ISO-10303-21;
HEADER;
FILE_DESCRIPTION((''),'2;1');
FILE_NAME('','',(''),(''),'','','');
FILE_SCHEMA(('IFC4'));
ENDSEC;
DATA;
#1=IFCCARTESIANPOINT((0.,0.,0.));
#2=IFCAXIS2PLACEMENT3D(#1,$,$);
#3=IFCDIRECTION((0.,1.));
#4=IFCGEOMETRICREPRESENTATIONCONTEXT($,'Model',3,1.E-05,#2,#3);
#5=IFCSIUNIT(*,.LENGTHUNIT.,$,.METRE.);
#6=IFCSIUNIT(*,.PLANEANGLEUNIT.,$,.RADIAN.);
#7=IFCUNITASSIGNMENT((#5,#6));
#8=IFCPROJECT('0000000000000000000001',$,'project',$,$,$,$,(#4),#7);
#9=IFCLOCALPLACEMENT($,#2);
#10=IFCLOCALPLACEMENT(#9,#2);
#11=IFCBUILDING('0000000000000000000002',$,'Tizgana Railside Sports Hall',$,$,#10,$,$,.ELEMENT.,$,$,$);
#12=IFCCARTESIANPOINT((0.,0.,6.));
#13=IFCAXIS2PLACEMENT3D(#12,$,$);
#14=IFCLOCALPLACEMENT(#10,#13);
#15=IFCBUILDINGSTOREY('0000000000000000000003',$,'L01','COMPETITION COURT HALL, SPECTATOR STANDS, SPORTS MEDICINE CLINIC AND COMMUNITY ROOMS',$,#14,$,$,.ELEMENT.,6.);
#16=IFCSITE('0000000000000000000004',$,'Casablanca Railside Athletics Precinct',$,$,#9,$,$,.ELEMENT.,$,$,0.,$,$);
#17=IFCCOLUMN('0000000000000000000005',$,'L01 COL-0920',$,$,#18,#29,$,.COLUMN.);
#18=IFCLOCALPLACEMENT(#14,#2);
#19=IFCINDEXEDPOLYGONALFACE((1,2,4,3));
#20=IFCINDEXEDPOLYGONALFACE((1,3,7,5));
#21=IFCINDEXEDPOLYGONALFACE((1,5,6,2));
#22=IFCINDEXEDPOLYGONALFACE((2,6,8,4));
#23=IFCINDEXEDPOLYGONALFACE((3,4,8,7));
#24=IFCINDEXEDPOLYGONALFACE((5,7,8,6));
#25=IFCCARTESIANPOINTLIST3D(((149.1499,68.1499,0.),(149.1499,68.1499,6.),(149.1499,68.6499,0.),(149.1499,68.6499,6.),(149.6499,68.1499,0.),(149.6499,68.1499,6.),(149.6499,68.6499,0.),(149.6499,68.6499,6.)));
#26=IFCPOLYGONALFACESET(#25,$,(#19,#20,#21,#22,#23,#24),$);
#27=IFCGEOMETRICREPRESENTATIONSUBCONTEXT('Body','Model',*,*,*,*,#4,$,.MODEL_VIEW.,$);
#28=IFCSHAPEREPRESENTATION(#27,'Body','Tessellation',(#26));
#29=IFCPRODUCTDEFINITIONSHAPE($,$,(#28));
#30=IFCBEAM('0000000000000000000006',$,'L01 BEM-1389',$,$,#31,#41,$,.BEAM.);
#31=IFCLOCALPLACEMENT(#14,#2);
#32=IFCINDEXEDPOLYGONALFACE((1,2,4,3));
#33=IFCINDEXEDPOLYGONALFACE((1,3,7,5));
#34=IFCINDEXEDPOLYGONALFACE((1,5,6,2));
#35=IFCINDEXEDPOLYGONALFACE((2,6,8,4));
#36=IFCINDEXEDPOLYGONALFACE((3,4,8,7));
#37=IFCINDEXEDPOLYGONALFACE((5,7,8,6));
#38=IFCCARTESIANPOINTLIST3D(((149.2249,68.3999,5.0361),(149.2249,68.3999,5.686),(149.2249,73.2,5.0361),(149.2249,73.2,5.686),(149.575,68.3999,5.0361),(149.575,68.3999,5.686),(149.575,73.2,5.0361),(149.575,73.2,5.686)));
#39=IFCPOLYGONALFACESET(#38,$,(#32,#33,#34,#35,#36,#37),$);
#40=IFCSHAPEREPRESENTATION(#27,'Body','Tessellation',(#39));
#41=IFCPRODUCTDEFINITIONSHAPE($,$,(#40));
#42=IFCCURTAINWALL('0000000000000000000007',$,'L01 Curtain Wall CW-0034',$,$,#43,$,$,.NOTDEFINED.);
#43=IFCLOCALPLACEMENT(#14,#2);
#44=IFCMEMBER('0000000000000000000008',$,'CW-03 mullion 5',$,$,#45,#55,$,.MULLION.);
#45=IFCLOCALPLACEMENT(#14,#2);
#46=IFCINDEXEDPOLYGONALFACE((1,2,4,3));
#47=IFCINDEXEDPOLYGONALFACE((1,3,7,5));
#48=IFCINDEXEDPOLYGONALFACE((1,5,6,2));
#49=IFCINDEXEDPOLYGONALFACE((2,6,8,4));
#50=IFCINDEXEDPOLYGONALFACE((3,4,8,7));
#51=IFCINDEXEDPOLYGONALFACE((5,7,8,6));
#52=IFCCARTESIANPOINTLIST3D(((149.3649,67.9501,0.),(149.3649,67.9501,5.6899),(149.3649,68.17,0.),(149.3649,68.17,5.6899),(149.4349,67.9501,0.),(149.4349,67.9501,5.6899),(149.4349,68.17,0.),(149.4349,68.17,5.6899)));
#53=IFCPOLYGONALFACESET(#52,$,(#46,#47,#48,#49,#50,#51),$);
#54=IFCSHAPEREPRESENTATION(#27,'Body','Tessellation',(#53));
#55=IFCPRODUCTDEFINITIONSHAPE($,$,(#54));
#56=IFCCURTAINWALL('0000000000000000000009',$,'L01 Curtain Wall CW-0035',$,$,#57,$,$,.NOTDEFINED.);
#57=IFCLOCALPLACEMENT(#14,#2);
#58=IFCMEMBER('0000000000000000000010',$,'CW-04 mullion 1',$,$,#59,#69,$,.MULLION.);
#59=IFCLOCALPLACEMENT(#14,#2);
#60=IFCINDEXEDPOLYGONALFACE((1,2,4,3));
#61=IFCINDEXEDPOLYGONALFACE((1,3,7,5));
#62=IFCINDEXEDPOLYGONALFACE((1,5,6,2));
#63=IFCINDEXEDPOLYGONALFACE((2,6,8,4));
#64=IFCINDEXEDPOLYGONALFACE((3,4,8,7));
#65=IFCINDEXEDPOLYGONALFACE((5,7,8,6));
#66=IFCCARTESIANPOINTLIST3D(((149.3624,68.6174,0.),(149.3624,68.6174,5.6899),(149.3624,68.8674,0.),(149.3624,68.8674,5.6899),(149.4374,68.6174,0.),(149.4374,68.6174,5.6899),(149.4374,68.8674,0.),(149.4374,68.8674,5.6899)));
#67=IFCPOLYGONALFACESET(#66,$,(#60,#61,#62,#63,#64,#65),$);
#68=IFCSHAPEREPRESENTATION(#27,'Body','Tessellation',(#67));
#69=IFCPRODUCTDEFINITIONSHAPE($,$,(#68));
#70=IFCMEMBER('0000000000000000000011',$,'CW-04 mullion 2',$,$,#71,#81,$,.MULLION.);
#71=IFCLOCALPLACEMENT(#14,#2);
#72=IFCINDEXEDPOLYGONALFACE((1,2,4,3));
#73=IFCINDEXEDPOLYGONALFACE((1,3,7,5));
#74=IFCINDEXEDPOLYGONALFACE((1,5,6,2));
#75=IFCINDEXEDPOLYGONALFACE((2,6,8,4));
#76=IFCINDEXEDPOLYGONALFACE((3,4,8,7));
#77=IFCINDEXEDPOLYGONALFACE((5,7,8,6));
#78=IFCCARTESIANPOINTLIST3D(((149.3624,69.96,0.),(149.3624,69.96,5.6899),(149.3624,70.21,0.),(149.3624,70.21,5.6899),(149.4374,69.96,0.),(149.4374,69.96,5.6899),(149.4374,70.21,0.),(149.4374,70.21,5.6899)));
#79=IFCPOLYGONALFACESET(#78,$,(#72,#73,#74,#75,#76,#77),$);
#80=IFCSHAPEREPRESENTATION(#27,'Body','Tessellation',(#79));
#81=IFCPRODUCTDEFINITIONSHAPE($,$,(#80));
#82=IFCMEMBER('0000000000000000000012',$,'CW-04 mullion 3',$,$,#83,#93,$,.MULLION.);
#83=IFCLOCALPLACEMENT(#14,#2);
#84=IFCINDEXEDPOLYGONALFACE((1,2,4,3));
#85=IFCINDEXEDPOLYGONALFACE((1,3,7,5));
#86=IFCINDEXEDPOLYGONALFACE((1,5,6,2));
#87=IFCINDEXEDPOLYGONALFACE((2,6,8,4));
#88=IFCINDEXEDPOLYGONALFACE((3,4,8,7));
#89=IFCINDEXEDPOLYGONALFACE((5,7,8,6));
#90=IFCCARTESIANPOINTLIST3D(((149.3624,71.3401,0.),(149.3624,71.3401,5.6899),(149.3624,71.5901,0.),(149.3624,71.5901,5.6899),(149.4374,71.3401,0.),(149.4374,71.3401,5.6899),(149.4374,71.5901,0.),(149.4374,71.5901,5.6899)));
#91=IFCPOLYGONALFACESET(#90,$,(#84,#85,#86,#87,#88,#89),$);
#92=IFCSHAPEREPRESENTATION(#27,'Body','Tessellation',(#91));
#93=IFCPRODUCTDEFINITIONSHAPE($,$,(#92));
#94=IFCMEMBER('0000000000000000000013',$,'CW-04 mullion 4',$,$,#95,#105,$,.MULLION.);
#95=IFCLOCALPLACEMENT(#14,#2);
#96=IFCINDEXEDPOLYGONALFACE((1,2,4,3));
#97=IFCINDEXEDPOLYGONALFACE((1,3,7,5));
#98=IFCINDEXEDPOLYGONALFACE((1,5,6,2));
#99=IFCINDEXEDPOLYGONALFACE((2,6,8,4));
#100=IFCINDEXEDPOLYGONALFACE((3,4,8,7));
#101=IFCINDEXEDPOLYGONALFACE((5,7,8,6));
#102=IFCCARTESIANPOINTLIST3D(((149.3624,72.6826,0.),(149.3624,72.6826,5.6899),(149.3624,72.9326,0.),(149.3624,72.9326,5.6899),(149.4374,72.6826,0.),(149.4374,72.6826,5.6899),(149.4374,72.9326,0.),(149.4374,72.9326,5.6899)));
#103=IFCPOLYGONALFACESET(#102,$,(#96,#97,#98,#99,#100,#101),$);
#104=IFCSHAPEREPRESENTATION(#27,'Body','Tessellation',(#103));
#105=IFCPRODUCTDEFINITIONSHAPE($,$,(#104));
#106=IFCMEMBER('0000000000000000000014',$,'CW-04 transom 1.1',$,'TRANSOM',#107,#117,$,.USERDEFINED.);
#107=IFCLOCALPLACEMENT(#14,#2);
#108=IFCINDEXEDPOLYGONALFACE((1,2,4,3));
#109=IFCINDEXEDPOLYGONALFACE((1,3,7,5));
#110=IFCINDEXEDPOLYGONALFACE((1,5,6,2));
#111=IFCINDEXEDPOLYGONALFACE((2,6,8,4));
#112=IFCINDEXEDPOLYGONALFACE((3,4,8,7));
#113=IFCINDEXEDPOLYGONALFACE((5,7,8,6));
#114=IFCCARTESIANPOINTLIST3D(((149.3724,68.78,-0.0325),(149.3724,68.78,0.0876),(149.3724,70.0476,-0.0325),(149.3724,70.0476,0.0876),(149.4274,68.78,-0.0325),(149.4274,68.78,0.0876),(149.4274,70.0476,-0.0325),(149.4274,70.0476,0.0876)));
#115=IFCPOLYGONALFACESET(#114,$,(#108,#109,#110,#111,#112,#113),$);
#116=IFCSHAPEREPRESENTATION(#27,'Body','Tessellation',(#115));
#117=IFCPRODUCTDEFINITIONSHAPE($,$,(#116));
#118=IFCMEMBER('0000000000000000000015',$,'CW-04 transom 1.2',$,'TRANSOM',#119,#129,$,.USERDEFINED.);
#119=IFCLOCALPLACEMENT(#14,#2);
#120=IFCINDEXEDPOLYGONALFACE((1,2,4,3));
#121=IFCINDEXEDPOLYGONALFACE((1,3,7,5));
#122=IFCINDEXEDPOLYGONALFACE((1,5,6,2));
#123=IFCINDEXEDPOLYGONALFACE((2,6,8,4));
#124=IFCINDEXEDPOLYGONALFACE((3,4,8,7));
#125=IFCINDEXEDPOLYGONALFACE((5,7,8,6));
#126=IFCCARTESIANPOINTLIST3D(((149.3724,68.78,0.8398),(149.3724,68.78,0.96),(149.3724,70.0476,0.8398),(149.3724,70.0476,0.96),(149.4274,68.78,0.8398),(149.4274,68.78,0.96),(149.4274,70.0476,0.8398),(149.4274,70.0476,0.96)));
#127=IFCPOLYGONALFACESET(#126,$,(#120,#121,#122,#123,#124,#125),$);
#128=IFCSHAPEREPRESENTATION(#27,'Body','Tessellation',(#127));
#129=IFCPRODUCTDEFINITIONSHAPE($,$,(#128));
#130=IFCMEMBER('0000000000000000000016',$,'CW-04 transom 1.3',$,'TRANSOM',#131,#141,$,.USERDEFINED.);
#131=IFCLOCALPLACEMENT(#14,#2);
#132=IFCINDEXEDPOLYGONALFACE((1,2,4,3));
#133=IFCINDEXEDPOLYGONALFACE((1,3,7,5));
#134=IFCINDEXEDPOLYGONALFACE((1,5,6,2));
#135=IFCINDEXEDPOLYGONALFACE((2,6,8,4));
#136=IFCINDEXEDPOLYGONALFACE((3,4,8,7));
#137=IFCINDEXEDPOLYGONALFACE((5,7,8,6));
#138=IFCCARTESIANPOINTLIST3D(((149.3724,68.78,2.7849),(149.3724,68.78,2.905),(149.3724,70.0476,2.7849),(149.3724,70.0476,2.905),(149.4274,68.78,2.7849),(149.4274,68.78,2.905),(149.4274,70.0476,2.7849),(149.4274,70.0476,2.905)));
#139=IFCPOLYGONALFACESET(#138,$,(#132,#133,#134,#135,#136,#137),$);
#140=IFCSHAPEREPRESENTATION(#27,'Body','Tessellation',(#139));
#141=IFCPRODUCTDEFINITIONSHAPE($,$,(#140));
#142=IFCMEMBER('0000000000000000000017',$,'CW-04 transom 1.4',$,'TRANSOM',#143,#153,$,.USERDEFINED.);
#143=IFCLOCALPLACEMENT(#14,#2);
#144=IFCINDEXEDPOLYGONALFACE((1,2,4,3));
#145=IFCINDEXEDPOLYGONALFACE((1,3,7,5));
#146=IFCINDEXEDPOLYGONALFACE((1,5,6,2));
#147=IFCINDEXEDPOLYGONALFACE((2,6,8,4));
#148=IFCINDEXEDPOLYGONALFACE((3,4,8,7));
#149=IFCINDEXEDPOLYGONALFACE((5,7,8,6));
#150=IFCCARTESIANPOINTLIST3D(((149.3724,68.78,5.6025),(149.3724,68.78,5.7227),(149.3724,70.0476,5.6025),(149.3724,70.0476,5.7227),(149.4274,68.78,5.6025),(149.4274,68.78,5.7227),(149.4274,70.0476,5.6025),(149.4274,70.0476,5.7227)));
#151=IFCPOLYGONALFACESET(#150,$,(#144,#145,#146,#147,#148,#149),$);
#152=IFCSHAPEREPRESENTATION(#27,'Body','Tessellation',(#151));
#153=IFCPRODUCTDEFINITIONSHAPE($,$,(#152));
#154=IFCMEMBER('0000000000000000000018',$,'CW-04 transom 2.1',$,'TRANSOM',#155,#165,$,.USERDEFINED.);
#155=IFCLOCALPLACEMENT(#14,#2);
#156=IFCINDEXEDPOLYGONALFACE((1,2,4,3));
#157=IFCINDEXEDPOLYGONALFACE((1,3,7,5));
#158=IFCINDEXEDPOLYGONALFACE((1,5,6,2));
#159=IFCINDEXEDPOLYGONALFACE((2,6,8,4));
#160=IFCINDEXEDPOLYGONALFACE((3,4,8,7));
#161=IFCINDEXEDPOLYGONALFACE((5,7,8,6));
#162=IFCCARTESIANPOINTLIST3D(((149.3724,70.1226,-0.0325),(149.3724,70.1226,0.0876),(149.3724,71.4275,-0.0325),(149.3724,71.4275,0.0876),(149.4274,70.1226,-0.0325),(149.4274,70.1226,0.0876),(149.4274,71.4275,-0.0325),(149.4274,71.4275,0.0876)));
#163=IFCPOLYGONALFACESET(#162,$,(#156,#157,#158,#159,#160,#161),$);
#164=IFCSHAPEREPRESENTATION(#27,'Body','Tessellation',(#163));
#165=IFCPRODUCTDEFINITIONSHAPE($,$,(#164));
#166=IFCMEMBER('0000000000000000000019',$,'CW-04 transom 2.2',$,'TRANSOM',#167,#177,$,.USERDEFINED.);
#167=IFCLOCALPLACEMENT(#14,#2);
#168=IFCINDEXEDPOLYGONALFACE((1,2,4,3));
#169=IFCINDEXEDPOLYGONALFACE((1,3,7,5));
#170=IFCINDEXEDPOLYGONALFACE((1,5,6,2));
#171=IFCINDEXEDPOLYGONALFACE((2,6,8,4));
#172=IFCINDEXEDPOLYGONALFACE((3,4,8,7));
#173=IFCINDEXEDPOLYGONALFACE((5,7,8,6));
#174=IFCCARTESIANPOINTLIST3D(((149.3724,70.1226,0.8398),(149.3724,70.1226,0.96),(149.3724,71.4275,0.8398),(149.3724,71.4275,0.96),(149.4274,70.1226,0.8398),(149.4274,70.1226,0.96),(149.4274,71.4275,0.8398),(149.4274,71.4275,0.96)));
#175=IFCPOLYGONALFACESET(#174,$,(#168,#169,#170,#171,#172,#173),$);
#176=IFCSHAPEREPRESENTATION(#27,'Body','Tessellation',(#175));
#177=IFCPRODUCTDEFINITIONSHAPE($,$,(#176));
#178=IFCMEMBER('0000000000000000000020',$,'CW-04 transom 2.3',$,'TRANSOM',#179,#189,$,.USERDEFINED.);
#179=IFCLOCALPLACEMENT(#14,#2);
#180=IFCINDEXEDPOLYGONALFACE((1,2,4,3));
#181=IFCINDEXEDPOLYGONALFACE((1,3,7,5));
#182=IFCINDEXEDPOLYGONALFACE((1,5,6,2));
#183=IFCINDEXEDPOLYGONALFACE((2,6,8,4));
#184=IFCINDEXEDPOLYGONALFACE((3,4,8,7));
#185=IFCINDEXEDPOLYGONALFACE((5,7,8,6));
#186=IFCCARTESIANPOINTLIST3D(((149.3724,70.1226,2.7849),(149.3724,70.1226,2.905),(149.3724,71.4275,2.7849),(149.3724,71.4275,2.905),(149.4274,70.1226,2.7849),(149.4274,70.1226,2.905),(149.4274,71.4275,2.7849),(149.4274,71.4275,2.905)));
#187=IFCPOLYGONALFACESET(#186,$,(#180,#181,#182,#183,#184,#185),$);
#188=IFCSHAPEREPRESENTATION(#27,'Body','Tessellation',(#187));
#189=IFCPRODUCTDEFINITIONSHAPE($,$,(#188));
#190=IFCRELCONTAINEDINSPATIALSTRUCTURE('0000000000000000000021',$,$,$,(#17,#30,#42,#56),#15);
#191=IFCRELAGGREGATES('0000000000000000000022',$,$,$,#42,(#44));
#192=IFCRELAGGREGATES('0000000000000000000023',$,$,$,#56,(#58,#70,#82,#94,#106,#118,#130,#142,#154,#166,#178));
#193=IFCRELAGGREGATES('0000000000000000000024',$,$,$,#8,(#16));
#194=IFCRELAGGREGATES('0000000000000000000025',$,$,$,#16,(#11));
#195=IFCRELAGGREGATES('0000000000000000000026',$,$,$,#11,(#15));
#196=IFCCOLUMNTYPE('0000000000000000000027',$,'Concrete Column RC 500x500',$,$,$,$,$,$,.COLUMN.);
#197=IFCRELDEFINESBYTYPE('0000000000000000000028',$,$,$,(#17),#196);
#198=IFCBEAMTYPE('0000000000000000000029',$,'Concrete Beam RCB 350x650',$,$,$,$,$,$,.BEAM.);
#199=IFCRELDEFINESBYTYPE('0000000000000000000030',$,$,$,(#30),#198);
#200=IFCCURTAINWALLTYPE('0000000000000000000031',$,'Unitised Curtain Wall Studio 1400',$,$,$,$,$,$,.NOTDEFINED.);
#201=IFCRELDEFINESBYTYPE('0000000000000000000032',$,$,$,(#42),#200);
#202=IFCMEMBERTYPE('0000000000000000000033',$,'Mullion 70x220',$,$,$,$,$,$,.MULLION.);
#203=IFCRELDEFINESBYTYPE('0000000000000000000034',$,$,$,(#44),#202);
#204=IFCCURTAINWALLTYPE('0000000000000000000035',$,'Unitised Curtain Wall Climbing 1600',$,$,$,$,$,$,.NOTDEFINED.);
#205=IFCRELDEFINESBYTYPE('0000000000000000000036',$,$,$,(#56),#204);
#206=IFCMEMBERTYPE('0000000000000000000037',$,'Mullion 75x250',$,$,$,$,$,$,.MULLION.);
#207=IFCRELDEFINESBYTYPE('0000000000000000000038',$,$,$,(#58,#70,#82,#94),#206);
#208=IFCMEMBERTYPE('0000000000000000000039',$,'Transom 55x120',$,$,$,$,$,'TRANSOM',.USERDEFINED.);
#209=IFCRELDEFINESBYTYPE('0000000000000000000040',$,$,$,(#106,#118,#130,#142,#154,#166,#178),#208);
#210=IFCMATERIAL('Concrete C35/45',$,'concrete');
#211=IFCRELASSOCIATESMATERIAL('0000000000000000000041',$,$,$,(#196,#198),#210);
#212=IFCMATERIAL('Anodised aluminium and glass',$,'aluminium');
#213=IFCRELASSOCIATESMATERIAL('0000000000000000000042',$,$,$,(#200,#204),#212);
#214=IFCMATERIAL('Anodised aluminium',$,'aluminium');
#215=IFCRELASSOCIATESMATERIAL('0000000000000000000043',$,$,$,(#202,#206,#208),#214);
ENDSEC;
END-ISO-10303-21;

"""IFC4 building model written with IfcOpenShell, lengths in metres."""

from ifc_helpers import new_model, si_unit, direction, frame, origin, origin_2d, place, context, subcontext, project, spatial, rectangle, extrude, material, material_profile, profile_set, type_object, element, aggregate, save


model = new_model("IFC4")

# Units and contexts
model_context = context("Model", 3, precision=1e-05, world=origin(), true_north=direction((0.0, 1.0)))
body_context = subcontext(model_context, "Body", "Model", "MODEL_VIEW")
ifc_project = project(units=[si_unit("LENGTHUNIT", "METRE"), si_unit("PLANEANGLEUNIT", "RADIAN")], contexts=[model_context])

# Site, building, storey
site_placement = place(None, origin())
site = spatial("IfcSite", under=ifc_project, at=site_placement, Name="Casablanca Railside Athletics Precinct", CompositionType="ELEMENT", RefElevation=0.0)
building_placement = place(site_placement, origin())
building = spatial("IfcBuilding", under=site, at=building_placement, Name="Tizgana Railside Sports Hall", CompositionType="ELEMENT")
storey_placement = place(building_placement, frame((0.0, 0.0, 6.0)))
storey = spatial("IfcBuildingStorey", under=building, at=storey_placement, Name="L01", Description="COMPETITION COURT HALL, SPECTATOR STANDS, SPORTS MEDICINE CLINIC AND COMMUNITY ROOMS", CompositionType="ELEMENT", Elevation=6.0)

# Column
ifc_material_1 = material(Name="Concrete C35/45", Category="concrete")
ifc_material_profile_1 = material_profile(ifc_material_1, rectangle(XDim=0.5, YDim=0.5, at=origin_2d()), Name="RC 500x500")
ifc_profile_set_1 = profile_set([ifc_material_profile_1], Name="Concrete C35/45")
column_type = type_object("IfcColumnType", Name="Concrete Column RC 500x500", PredefinedType="COLUMN", material=ifc_profile_set_1)
column_placement = place(storey_placement, frame((149.3999, 68.3999, 0.0), z_axis=(0.0, 0.0, 1.0), x_axis=(1.0, 0.0, 0.0)))
element("IfcColumn", 1, at=column_placement, inside=storey, type_object=column_type, Name="L01 COL-0920", PredefinedType="COLUMN", context=body_context, shape_type="SweptSolid", body=[
    extrude(rectangle(XDim=0.5, YDim=0.5, at=origin_2d()), origin(), (0.0, 0.0, 1.0), 6.0),
])

# Beam
ifc_material_profile_2 = material_profile(ifc_material_1, rectangle(XDim=0.3501, YDim=0.6499, at=origin_2d()), Name="RCB 350x650")
ifc_profile_set_2 = profile_set([ifc_material_profile_2], Name="Concrete C35/45")
beam_type = type_object("IfcBeamType", Name="Concrete Beam RCB 350x650", PredefinedType="BEAM", material=ifc_profile_set_2)
beam_placement = place(storey_placement, frame((149.3999, 68.3999, 5.3611), z_axis=(0.0, 1.0, 0.0), x_axis=(-1.0, 0.0, 0.0)))
element("IfcBeam", 2, at=beam_placement, inside=storey, type_object=beam_type, Name="L01 BEM-1389", PredefinedType="BEAM", context=body_context, shape_type="SweptSolid", body=[
    extrude(rectangle(XDim=0.3501, YDim=0.6499, at=origin_2d()), origin(), (0.0, 0.0, 1.0), 4.8),
])

# Curtain wall, member
ifc_material_2 = material(Name="Anodised aluminium and glass", Category="aluminium")
curtain_wall_type_1 = type_object("IfcCurtainWallType", Name="Unitised Curtain Wall Studio 1400", PredefinedType="NOTDEFINED", material=ifc_material_2)
curtain_wall_1_placement = place(storey_placement, origin())
curtain_wall_1 = element("IfcCurtainWall", 3, at=curtain_wall_1_placement, inside=storey, type_object=curtain_wall_type_1, Name="L01 Curtain Wall CW-0034", PredefinedType="NOTDEFINED")
ifc_material_3 = material(Name="Anodised aluminium", Category="aluminium")
ifc_material_profile_3 = material_profile(ifc_material_3, rectangle(XDim=0.0701, YDim=0.22, at=origin_2d()), Name="Mullion 70x220")
ifc_profile_set_3 = profile_set([ifc_material_profile_3], Name="Anodised aluminium")
member_type_1 = type_object("IfcMemberType", Name="Mullion 70x220", PredefinedType="MULLION", material=ifc_profile_set_3)
member_1_placement = place(storey_placement, frame((149.3999, 68.0601, 0.0), z_axis=(0.0, 0.0, 1.0), x_axis=(-1.0, 0.0, 0.0)))
member_1 = element("IfcMember", 4, at=member_1_placement, type_object=member_type_1, Name="CW-03 mullion 5", PredefinedType="MULLION", context=body_context, shape_type="SweptSolid", body=[
    extrude(rectangle(XDim=0.0701, YDim=0.22, at=origin_2d()), origin(), (0.0, 0.0, 1.0), 5.6899),
])
aggregate(curtain_wall_1, [member_1])

# Curtain wall, members
curtain_wall_type_2 = type_object("IfcCurtainWallType", Name="Unitised Curtain Wall Climbing 1600", PredefinedType="NOTDEFINED", material=ifc_material_2)
curtain_wall_2_placement = place(storey_placement, origin())
curtain_wall_2 = element("IfcCurtainWall", 5, at=curtain_wall_2_placement, inside=storey, type_object=curtain_wall_type_2, Name="L01 Curtain Wall CW-0035", PredefinedType="NOTDEFINED")
ifc_material_profile_4 = material_profile(ifc_material_3, rectangle(XDim=0.075, YDim=0.25, at=origin_2d()), Name="Mullion 75x250")
ifc_profile_set_4 = profile_set([ifc_material_profile_4], Name="Anodised aluminium")
member_type_2 = type_object("IfcMemberType", Name="Mullion 75x250", PredefinedType="MULLION", material=ifc_profile_set_4)
member_2_placement = place(storey_placement, frame((149.3999, 68.7424, 0.0), z_axis=(0.0, 0.0, 1.0), x_axis=(-1.0, 0.0, 0.0)))
member_2 = element("IfcMember", 6, at=member_2_placement, type_object=member_type_2, Name="CW-04 mullion 1", PredefinedType="MULLION", context=body_context, shape_type="SweptSolid", body=[
    extrude(rectangle(XDim=0.075, YDim=0.25, at=origin_2d()), origin(), (0.0, 0.0, 1.0), 5.6899),
])
member_3_placement = place(storey_placement, frame((149.3999, 70.085, 0.0), z_axis=(0.0, 0.0, 1.0), x_axis=(-1.0, 0.0, 0.0)))
member_3 = element("IfcMember", 7, at=member_3_placement, type_object=member_type_2, Name="CW-04 mullion 2", PredefinedType="MULLION", context=body_context, shape_type="SweptSolid", body=[
    extrude(rectangle(XDim=0.075, YDim=0.25, at=origin_2d()), origin(), (0.0, 0.0, 1.0), 5.6899),
])
member_4_placement = place(storey_placement, frame((149.3999, 71.4651, 0.0), z_axis=(0.0, 0.0, 1.0), x_axis=(-1.0, 0.0, 0.0)))
member_4 = element("IfcMember", 8, at=member_4_placement, type_object=member_type_2, Name="CW-04 mullion 3", PredefinedType="MULLION", context=body_context, shape_type="SweptSolid", body=[
    extrude(rectangle(XDim=0.075, YDim=0.25, at=origin_2d()), origin(), (0.0, 0.0, 1.0), 5.6899),
])
member_5_placement = place(storey_placement, frame((149.3999, 72.8076, 0.0), z_axis=(0.0, 0.0, 1.0), x_axis=(-1.0, 0.0, 0.0)))
member_5 = element("IfcMember", 9, at=member_5_placement, type_object=member_type_2, Name="CW-04 mullion 4", PredefinedType="MULLION", context=body_context, shape_type="SweptSolid", body=[
    extrude(rectangle(XDim=0.075, YDim=0.25, at=origin_2d()), origin(), (0.0, 0.0, 1.0), 5.6899),
])
ifc_material_profile_5 = material_profile(ifc_material_3, rectangle(XDim=0.0549, YDim=0.1201, at=origin_2d()), Name="Transom 55x120")
ifc_profile_set_5 = profile_set([ifc_material_profile_5], Name="Anodised aluminium")
member_type_3 = type_object("IfcMemberType", Name="Transom 55x120", ElementType="TRANSOM", PredefinedType="USERDEFINED", material=ifc_profile_set_5)
member_6_placement = place(storey_placement, frame((149.3999, 68.78, 0.0276), z_axis=(0.0, 1.0, 0.0), x_axis=(-1.0, 0.0, 0.0)))
member_6 = element("IfcMember", 10, at=member_6_placement, type_object=member_type_3, Name="CW-04 transom 1.1", ObjectType="TRANSOM", PredefinedType="USERDEFINED", context=body_context, shape_type="SweptSolid", body=[
    extrude(rectangle(XDim=0.0549, YDim=0.1201, at=origin_2d()), origin(), (0.0, 0.0, 1.0), 1.2676),
])
member_7_placement = place(storey_placement, frame((149.3999, 68.78, 0.8999), z_axis=(0.0, 1.0, 0.0), x_axis=(-1.0, 0.0, 0.0)))
member_7 = element("IfcMember", 11, at=member_7_placement, type_object=member_type_3, Name="CW-04 transom 1.2", ObjectType="TRANSOM", PredefinedType="USERDEFINED", context=body_context, shape_type="SweptSolid", body=[
    extrude(rectangle(XDim=0.0549, YDim=0.1201, at=origin_2d()), origin(), (0.0, 0.0, 1.0), 1.2676),
])
member_8_placement = place(storey_placement, frame((149.3999, 68.78, 2.845), z_axis=(0.0, 1.0, 0.0), x_axis=(-1.0, 0.0, 0.0)))
member_8 = element("IfcMember", 12, at=member_8_placement, type_object=member_type_3, Name="CW-04 transom 1.3", ObjectType="TRANSOM", PredefinedType="USERDEFINED", context=body_context, shape_type="SweptSolid", body=[
    extrude(rectangle(XDim=0.0549, YDim=0.1201, at=origin_2d()), origin(), (0.0, 0.0, 1.0), 1.2676),
])
member_9_placement = place(storey_placement, frame((149.3999, 68.78, 5.6626), z_axis=(0.0, 1.0, 0.0), x_axis=(-1.0, 0.0, 0.0)))
member_9 = element("IfcMember", 13, at=member_9_placement, type_object=member_type_3, Name="CW-04 transom 1.4", ObjectType="TRANSOM", PredefinedType="USERDEFINED", context=body_context, shape_type="SweptSolid", body=[
    extrude(rectangle(XDim=0.0549, YDim=0.1201, at=origin_2d()), origin(), (0.0, 0.0, 1.0), 1.2676),
])
member_10_placement = place(storey_placement, frame((149.3999, 70.1226, 0.0276), z_axis=(0.0, 1.0, 0.0), x_axis=(-1.0, 0.0, 0.0)))
member_10 = element("IfcMember", 14, at=member_10_placement, type_object=member_type_3, Name="CW-04 transom 2.1", ObjectType="TRANSOM", PredefinedType="USERDEFINED", context=body_context, shape_type="SweptSolid", body=[
    extrude(rectangle(XDim=0.0549, YDim=0.1201, at=origin_2d()), origin(), (0.0, 0.0, 1.0), 1.3049),
])
member_11_placement = place(storey_placement, frame((149.3999, 70.1226, 0.8999), z_axis=(0.0, 1.0, 0.0), x_axis=(-1.0, 0.0, 0.0)))
member_11 = element("IfcMember", 15, at=member_11_placement, type_object=member_type_3, Name="CW-04 transom 2.2", ObjectType="TRANSOM", PredefinedType="USERDEFINED", context=body_context, shape_type="SweptSolid", body=[
    extrude(rectangle(XDim=0.0549, YDim=0.1201, at=origin_2d()), origin(), (0.0, 0.0, 1.0), 1.3049),
])
member_12_placement = place(storey_placement, frame((149.3999, 70.1226, 2.845), z_axis=(0.0, 1.0, 0.0), x_axis=(-1.0, 0.0, 0.0)))
member_12 = element("IfcMember", 16, at=member_12_placement, type_object=member_type_3, Name="CW-04 transom 2.3", ObjectType="TRANSOM", PredefinedType="USERDEFINED", context=body_context, shape_type="SweptSolid", body=[
    extrude(rectangle(XDim=0.0549, YDim=0.1201, at=origin_2d()), origin(), (0.0, 0.0, 1.0), 1.3049),
])
aggregate(curtain_wall_2, [member_2, member_3, member_4, member_5, member_6, member_7, member_8, member_9, member_10, member_11, member_12])

save(model, "model.ifc")
